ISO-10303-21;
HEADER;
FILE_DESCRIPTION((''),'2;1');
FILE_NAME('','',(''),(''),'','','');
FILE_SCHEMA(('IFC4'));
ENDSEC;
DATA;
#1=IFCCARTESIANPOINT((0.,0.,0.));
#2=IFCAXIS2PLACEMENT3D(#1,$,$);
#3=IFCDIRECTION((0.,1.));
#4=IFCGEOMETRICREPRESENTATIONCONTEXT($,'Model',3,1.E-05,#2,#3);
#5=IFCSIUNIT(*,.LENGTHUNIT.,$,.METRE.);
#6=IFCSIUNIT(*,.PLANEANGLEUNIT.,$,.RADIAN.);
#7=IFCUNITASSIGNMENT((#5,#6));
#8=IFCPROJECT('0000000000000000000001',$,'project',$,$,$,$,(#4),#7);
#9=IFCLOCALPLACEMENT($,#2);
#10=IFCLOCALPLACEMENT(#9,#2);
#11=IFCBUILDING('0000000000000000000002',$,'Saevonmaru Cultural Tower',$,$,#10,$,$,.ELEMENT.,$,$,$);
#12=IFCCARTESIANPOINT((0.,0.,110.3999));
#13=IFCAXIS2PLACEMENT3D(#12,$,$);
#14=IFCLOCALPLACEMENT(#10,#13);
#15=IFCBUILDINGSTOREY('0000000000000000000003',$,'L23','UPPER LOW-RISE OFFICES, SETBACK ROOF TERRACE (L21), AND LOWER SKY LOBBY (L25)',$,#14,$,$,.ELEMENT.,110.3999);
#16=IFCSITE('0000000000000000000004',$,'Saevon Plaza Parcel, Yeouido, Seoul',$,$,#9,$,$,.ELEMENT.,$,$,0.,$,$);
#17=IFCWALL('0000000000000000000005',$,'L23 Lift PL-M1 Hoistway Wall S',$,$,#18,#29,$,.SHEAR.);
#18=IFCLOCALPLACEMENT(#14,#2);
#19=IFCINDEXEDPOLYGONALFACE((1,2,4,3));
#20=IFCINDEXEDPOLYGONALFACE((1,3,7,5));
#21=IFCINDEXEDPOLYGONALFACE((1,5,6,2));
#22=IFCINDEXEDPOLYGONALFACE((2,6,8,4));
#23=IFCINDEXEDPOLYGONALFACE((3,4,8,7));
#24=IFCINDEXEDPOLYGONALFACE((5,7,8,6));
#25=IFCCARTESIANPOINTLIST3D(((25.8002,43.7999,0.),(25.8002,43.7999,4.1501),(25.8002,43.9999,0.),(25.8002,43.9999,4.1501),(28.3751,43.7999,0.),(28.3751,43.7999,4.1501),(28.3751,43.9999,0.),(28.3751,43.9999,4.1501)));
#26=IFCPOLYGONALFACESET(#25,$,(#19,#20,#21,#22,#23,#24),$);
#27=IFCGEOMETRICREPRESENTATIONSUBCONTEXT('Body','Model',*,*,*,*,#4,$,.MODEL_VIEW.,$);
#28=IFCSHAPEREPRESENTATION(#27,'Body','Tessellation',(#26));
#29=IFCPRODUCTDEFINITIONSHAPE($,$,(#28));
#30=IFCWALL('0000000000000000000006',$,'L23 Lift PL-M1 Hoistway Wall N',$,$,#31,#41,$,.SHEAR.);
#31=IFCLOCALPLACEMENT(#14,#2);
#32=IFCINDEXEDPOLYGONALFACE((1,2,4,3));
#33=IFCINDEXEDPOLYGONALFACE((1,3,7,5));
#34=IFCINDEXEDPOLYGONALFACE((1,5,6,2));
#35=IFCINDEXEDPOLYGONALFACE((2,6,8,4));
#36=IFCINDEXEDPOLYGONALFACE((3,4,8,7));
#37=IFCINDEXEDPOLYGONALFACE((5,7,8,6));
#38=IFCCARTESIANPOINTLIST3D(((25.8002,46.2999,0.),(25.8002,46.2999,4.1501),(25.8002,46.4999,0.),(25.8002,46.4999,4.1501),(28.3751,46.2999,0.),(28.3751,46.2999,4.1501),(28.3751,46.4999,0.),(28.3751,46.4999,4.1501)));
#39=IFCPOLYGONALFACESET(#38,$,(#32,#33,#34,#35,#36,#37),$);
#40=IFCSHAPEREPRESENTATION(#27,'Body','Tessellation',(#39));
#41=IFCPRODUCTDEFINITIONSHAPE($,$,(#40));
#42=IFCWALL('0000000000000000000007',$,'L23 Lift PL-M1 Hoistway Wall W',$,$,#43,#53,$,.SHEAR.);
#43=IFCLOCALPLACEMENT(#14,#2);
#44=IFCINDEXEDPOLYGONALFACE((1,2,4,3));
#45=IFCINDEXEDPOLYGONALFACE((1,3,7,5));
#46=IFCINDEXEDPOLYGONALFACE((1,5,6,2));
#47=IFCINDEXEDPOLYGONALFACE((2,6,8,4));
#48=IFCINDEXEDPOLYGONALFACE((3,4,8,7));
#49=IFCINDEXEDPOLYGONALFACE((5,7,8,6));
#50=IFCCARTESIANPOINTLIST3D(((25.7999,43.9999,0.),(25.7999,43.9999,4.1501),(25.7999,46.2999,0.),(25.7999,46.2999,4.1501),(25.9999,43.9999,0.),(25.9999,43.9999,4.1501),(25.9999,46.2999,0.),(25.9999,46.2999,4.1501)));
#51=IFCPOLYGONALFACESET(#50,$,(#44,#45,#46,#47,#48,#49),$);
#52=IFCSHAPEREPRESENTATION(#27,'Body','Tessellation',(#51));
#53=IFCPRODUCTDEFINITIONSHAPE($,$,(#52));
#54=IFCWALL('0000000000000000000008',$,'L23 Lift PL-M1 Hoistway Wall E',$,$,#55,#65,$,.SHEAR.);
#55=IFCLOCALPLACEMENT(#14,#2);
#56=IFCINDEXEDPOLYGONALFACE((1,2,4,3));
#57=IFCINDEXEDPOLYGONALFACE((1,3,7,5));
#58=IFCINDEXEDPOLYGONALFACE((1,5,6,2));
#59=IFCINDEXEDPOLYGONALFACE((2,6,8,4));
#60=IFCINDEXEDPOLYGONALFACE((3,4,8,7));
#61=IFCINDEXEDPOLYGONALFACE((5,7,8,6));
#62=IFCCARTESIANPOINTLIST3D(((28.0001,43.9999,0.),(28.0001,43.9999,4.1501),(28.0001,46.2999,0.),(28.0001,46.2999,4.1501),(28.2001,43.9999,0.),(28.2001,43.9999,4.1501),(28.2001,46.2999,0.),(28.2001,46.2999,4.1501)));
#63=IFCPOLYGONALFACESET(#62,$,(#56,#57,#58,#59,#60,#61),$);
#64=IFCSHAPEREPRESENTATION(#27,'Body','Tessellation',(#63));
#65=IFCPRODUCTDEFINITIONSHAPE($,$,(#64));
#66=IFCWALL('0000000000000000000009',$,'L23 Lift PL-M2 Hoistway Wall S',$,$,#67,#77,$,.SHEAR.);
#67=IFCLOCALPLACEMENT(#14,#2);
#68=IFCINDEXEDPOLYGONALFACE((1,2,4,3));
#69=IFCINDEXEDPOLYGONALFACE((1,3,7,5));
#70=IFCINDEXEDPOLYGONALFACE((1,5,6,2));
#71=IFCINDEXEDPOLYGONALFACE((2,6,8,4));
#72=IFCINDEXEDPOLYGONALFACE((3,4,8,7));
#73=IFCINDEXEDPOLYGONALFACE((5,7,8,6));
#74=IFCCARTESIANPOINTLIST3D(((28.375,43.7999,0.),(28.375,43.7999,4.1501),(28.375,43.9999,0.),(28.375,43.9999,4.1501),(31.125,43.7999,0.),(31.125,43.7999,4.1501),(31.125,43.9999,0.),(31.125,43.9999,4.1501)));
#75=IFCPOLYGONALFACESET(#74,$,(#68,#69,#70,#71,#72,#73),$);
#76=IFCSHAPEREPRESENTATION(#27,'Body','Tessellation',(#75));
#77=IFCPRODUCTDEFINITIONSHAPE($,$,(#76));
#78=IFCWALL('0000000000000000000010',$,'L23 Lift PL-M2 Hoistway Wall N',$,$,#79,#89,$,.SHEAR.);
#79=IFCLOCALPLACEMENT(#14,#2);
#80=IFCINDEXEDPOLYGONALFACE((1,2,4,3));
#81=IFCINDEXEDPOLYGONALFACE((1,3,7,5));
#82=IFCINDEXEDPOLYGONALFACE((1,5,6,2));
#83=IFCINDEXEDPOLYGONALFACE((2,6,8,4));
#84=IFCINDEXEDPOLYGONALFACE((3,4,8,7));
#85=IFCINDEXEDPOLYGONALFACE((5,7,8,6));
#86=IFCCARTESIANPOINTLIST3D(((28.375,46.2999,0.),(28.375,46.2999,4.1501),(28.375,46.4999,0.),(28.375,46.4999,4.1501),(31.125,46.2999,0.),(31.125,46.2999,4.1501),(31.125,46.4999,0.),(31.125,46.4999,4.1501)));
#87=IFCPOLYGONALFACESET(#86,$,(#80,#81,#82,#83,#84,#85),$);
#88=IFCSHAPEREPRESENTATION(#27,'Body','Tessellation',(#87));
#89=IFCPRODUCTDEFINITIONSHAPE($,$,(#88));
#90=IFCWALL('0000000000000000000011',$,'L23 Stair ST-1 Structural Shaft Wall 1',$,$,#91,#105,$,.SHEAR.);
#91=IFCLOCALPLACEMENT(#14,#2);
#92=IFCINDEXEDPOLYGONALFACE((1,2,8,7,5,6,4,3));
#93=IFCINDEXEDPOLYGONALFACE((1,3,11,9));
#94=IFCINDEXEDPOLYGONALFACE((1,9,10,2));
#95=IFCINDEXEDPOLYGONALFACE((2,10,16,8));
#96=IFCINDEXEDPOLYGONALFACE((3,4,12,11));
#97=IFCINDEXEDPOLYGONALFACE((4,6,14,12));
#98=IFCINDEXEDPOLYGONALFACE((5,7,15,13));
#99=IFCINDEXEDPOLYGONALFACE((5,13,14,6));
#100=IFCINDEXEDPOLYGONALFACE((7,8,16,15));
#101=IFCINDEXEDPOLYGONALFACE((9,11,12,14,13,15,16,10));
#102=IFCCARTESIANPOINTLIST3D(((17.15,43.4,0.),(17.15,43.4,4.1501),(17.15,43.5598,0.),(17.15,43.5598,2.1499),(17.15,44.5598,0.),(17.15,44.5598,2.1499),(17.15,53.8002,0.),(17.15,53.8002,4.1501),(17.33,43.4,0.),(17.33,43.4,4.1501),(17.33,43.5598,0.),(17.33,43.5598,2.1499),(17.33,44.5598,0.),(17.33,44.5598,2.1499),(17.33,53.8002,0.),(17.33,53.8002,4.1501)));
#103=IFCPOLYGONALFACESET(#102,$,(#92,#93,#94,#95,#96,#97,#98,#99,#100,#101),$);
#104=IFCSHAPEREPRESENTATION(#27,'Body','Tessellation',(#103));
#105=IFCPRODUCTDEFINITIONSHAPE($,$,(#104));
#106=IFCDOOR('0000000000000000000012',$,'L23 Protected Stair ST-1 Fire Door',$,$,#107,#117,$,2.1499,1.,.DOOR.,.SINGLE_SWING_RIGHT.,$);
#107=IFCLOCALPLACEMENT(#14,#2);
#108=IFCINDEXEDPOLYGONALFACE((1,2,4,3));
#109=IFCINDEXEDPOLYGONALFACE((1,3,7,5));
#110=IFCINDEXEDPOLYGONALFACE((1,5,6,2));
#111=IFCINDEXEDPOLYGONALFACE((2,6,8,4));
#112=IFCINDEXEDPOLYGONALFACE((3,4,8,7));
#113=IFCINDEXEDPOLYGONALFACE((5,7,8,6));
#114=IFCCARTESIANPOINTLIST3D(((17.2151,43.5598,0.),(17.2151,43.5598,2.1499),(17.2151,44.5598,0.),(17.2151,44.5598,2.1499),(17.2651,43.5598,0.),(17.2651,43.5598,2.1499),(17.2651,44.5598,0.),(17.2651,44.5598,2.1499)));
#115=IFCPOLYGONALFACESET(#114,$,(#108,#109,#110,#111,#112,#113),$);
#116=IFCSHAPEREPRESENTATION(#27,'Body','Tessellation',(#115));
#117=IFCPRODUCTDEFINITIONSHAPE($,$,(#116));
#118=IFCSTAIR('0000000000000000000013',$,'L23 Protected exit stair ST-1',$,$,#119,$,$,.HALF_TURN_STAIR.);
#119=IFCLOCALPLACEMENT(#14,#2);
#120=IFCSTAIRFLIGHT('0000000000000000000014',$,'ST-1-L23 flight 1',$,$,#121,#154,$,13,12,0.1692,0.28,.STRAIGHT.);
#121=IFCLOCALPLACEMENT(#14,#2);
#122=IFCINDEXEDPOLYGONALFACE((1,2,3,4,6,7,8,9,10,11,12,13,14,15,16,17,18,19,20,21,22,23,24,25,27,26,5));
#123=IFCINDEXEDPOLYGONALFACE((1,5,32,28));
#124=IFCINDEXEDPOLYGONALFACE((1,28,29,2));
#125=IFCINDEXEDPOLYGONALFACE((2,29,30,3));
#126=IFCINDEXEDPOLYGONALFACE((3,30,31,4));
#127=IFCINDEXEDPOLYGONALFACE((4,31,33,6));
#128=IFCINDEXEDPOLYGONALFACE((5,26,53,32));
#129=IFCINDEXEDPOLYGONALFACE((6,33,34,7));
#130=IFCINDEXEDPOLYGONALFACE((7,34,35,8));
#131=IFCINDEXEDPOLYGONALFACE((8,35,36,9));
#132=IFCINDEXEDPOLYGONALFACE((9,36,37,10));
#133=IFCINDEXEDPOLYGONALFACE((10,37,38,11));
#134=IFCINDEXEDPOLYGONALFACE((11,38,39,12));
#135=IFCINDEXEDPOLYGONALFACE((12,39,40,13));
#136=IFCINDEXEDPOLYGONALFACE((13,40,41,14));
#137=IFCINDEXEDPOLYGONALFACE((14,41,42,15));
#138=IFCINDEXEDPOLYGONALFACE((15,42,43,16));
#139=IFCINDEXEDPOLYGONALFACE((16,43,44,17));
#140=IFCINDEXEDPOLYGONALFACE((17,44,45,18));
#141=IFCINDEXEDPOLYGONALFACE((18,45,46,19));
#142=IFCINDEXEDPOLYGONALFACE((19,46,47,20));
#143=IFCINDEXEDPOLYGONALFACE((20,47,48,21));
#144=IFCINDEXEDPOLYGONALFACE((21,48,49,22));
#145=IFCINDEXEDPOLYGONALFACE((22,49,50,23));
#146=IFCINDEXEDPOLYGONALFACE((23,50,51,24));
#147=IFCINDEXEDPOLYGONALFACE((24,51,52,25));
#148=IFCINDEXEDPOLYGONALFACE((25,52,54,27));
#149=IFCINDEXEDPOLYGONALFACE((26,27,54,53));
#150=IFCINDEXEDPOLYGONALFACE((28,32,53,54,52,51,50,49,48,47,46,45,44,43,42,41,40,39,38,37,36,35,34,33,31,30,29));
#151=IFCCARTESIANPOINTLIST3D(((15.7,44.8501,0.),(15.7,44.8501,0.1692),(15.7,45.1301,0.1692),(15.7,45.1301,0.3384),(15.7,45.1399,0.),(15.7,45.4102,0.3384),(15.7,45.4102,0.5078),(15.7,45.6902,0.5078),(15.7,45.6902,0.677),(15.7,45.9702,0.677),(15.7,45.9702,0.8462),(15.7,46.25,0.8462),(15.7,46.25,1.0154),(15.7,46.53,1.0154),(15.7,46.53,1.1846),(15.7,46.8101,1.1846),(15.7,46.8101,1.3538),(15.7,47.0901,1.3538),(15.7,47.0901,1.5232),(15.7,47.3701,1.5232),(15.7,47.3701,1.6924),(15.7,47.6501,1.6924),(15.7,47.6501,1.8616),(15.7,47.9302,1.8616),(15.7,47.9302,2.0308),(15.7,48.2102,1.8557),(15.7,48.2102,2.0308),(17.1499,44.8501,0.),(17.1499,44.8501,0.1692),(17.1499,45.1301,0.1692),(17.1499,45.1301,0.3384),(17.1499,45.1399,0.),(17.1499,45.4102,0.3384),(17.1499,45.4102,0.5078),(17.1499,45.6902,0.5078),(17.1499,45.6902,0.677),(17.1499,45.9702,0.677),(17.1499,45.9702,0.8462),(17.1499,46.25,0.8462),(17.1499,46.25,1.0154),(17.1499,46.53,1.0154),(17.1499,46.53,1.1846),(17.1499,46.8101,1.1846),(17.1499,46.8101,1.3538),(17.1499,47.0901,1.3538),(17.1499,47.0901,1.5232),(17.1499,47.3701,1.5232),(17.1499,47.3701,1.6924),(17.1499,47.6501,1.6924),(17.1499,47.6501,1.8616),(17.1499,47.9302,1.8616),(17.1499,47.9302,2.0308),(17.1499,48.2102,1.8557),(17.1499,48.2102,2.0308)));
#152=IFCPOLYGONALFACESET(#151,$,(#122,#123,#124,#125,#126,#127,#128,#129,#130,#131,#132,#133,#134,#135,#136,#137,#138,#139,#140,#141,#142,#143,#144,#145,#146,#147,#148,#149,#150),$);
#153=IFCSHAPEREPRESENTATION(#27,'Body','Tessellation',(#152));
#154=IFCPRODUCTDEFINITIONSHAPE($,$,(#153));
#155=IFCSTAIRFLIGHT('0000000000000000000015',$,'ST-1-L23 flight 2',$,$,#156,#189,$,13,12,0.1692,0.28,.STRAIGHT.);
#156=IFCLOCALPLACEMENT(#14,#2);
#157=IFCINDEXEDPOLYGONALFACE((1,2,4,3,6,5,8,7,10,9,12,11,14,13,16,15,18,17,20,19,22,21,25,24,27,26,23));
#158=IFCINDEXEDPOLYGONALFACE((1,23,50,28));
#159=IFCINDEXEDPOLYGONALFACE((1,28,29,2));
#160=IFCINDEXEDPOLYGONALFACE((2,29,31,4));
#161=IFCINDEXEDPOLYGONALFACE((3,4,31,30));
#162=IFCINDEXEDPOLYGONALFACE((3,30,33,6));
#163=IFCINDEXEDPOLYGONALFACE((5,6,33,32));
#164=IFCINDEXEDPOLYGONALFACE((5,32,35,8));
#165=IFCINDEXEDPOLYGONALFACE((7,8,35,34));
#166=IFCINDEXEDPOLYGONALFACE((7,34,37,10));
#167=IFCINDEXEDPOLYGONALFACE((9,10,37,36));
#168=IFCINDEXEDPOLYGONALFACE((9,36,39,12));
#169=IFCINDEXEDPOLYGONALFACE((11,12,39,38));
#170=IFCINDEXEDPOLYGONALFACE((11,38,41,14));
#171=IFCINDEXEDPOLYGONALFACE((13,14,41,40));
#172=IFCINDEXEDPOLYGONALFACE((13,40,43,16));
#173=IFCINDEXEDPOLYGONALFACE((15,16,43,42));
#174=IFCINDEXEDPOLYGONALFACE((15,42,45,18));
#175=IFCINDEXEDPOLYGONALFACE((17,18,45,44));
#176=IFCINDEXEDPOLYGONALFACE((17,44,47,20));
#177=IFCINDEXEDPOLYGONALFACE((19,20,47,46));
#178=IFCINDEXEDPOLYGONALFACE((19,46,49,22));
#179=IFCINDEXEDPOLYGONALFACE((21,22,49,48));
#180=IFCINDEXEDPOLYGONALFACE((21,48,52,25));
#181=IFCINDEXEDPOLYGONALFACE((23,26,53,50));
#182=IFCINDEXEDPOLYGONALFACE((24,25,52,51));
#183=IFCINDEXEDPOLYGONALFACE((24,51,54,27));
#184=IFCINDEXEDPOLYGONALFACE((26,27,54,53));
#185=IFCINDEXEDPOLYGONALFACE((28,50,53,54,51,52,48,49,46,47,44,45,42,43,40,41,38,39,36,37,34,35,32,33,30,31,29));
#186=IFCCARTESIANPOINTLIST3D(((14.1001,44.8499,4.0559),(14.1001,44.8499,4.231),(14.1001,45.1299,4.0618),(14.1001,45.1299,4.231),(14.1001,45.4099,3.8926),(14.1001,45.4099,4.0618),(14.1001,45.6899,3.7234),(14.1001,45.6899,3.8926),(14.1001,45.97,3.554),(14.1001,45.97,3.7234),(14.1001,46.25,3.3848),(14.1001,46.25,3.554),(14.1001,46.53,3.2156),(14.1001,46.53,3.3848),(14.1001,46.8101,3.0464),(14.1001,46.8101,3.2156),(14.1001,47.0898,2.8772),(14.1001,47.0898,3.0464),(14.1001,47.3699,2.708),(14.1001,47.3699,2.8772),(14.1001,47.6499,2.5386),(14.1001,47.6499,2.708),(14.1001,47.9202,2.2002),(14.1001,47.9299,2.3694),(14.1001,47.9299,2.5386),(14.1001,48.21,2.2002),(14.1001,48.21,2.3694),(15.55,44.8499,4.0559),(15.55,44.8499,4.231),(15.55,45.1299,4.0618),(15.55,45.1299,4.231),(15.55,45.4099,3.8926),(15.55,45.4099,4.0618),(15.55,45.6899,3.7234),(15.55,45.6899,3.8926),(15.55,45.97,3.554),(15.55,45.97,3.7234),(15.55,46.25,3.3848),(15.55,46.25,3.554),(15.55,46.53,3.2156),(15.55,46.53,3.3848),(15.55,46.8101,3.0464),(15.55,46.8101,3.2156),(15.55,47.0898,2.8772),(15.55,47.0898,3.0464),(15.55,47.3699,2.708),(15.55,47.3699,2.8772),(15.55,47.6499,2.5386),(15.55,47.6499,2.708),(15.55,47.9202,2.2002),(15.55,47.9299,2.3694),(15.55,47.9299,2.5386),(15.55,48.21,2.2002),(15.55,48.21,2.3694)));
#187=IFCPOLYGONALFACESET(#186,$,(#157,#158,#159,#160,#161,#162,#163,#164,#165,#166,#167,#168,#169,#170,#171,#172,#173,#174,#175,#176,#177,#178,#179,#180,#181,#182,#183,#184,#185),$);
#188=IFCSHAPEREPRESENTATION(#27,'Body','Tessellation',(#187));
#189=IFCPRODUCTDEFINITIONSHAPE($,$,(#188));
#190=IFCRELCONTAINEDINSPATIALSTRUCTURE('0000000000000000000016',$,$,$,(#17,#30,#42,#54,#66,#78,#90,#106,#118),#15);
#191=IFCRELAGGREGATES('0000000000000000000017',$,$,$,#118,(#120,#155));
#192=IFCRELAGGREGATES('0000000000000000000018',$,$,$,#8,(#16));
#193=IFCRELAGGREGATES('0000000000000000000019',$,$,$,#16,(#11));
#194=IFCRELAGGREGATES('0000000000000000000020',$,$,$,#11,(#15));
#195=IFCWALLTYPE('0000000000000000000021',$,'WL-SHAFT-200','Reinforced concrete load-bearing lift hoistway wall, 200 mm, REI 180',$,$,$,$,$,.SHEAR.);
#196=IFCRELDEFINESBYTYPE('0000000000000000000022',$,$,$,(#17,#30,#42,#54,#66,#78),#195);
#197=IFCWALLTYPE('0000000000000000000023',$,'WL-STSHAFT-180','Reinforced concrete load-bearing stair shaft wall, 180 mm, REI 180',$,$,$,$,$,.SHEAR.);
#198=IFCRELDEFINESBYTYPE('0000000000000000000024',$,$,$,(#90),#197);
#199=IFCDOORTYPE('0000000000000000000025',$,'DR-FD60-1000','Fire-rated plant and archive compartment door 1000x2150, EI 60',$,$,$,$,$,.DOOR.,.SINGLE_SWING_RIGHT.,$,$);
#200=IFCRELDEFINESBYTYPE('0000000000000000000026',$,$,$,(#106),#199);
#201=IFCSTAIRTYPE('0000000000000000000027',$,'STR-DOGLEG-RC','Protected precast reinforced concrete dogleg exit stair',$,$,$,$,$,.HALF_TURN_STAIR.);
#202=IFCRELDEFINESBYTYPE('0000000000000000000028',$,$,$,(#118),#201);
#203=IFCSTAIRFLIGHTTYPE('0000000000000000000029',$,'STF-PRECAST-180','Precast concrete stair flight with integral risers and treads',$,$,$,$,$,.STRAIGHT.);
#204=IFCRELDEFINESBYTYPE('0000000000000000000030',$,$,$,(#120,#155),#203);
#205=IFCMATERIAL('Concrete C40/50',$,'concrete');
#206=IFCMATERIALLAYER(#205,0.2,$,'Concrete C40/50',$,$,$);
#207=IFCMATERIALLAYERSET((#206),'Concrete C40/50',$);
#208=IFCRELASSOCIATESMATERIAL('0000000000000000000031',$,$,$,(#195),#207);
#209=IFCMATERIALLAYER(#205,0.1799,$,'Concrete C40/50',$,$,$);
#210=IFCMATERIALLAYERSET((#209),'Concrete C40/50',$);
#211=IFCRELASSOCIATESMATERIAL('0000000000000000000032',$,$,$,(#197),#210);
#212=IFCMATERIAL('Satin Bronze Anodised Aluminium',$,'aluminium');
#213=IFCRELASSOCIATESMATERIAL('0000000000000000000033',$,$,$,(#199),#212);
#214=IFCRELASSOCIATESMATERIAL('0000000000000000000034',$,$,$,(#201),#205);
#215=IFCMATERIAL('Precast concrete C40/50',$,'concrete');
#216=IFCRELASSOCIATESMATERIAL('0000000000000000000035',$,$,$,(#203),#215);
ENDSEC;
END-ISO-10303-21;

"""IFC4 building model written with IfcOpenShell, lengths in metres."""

from ifc_helpers import new_model, si_unit, direction, frame, frame_2d, origin, place, context, subcontext, project, spatial, polyline, rectangle, outline, extrude, material, layer, layer_set, type_object, element, fill, aggregate, save


model = new_model("IFC4")

# Units and contexts
model_context = context("Model", 3, precision=1e-05, world=origin(), true_north=direction((0.0, 1.0)))
body_context = subcontext(model_context, "Body", "Model", "MODEL_VIEW")
ifc_project = project(units=[si_unit("LENGTHUNIT", "METRE"), si_unit("PLANEANGLEUNIT", "RADIAN")], contexts=[model_context])

# Site, building, storey
site_placement = place(None, origin())
site = spatial("IfcSite", under=ifc_project, at=site_placement, Name="Saevon Plaza Parcel, Yeouido, Seoul", CompositionType="ELEMENT", RefElevation=0.0)
building_placement = place(site_placement, origin())
building = spatial("IfcBuilding", under=site, at=building_placement, Name="Saevonmaru Cultural Tower", CompositionType="ELEMENT")
storey_placement = place(building_placement, frame((0.0, 0.0, 110.3999)))
storey = spatial("IfcBuildingStorey", under=building, at=storey_placement, Name="L23", Description="UPPER LOW-RISE OFFICES, SETBACK ROOF TERRACE (L21), AND LOWER SKY LOBBY (L25)", CompositionType="ELEMENT", Elevation=110.3999)

# Shared definitions
ifc_material_1 = material(Name="Satin Bronze Anodised Aluminium", Category="aluminium")

# Walls
ifc_material_2 = material(Name="Concrete C40/50", Category="concrete")
ifc_layer_1 = layer(ifc_material_2, 0.2, Name="Concrete C40/50")
ifc_layer_set_1 = layer_set([ifc_layer_1], Name="Concrete C40/50")
wall_type_1 = type_object("IfcWallType", Name="WL-SHAFT-200", Description="Reinforced concrete load-bearing lift hoistway wall, 200 mm, REI 180", PredefinedType="SHEAR", material=ifc_layer_set_1)
for number, where, z_axis, x_axis, name in (
    (1, (25.8, 43.8999, 0.0), (0.0, 0.0, 1.0), (1.0, 0.0, 0.0), "L23 Lift PL-M1 Hoistway Wall S"),
    (2, (25.8, 46.3999, 0.0), (0.0, 0.0, 1.0), (1.0, 0.0, 0.0), "L23 Lift PL-M1 Hoistway Wall N"),
):
    element("IfcWall", number, at=place(storey_placement, frame(where, z_axis=z_axis, x_axis=x_axis)), inside=storey, type_object=wall_type_1, Name=name, PredefinedType="SHEAR", context=body_context, shape_type="SweptSolid", body=[
        extrude(rectangle(XDim=2.575, YDim=0.2, at=frame_2d((1.2876, 0.0))), origin(), (0.0, 0.0, 1.0), 4.1501),
    ])
for number, where, z_axis, x_axis, name in (
    (3, (25.8999, 44.0, 0.0), (0.0, 0.0, 1.0), (0.0, 1.0, 0.0), "L23 Lift PL-M1 Hoistway Wall W"),
    (4, (28.1001, 44.0, 0.0), (0.0, 0.0, 1.0), (0.0, 1.0, 0.0), "L23 Lift PL-M1 Hoistway Wall E"),
):
    element("IfcWall", number, at=place(storey_placement, frame(where, z_axis=z_axis, x_axis=x_axis)), inside=storey, type_object=wall_type_1, Name=name, PredefinedType="SHEAR", context=body_context, shape_type="SweptSolid", body=[
        extrude(rectangle(XDim=2.3, YDim=0.2, at=frame_2d((1.1499, 0.0))), origin(), (0.0, 0.0, 1.0), 4.1501),
    ])
for number, where, z_axis, x_axis, name in (
    (5, (28.375, 43.8999, 0.0), (0.0, 0.0, 1.0), (1.0, 0.0, 0.0), "L23 Lift PL-M2 Hoistway Wall S"),
    (6, (28.375, 46.3999, 0.0), (0.0, 0.0, 1.0), (1.0, 0.0, 0.0), "L23 Lift PL-M2 Hoistway Wall N"),
):
    element("IfcWall", number, at=place(storey_placement, frame(where, z_axis=z_axis, x_axis=x_axis)), inside=storey, type_object=wall_type_1, Name=name, PredefinedType="SHEAR", context=body_context, shape_type="SweptSolid", body=[
        extrude(rectangle(XDim=2.75, YDim=0.2, at=frame_2d((1.375, 0.0))), origin(), (0.0, 0.0, 1.0), 4.1501),
    ])

# Wall, opening, door
ifc_layer_2 = layer(ifc_material_2, 0.1799, Name="Concrete C40/50")
ifc_layer_set_2 = layer_set([ifc_layer_2], Name="Concrete C40/50")
wall_type_2 = type_object("IfcWallType", Name="WL-STSHAFT-180", Description="Reinforced concrete load-bearing stair shaft wall, 180 mm, REI 180", PredefinedType="SHEAR", material=ifc_layer_set_2)
wall_1_placement = place(storey_placement, frame((17.24, 43.3999, 0.0), z_axis=(0.0, 0.0, 1.0), x_axis=(0.0, 1.0, 0.0)))
wall_1 = element("IfcWall", 7, at=wall_1_placement, inside=storey, type_object=wall_type_2, Name="L23 Stair ST-1 Structural Shaft Wall 1", PredefinedType="SHEAR", context=body_context, shape_type="SweptSolid", body=[
    extrude(rectangle(XDim=10.4001, YDim=0.1799, at=frame_2d((5.2002, 0.0))), origin(), (0.0, 0.0, 1.0), 4.1501),
])
opening_1_placement = place(wall_1_placement, frame((0.1599, 0.0, 0.0)))
opening_1 = element("IfcOpeningElement", 8, at=opening_1_placement, cuts=wall_1, PredefinedType="OPENING", context=body_context, shape_type="SweptSolid", body=[
    extrude(rectangle(XDim=1.0, YDim=2.1499, at=frame_2d((0.5, 1.075))), frame((0.0, 0.1001, 0.0), z_axis=(0.0, -1.0, 0.0), x_axis=(1.0, 0.0, 0.0)), (0.0, 0.0, 1.0), 0.2),
])
door_type_1 = type_object("IfcDoorType", Name="DR-FD60-1000", Description="Fire-rated plant and archive compartment door 1000x2150, EI 60", OperationType="SINGLE_SWING_RIGHT", PredefinedType="DOOR", material=ifc_material_1)
door_1_placement = place(opening_1_placement, origin())
door_1 = element("IfcDoor", 9, at=door_1_placement, inside=storey, type_object=door_type_1, Name="L23 Protected Stair ST-1 Fire Door", OperationType="SINGLE_SWING_RIGHT", OverallHeight=2.1499, OverallWidth=1.0, PredefinedType="DOOR", context=body_context, shape_type="SweptSolid", body=[
    extrude(rectangle(XDim=1.0, YDim=2.1499, at=frame_2d((0.5, 1.075))), frame((0.0, 0.0249, 0.0), z_axis=(0.0, -1.0, 0.0), x_axis=(1.0, 0.0, 0.0)), (0.0, 0.0, 1.0), 0.05),
])
fill(opening_1, door_1)

# Stair, stair flights
stair_type = type_object("IfcStairType", Name="STR-DOGLEG-RC", Description="Protected precast reinforced concrete dogleg exit stair", PredefinedType="HALF_TURN_STAIR", material=ifc_material_2)
stair_placement = place(storey_placement, origin())
stair = element("IfcStair", 10, at=stair_placement, inside=storey, type_object=stair_type, Name="L23 Protected exit stair ST-1", PredefinedType="HALF_TURN_STAIR")
ifc_material_3 = material(Name="Precast concrete C40/50", Category="concrete")
stair_flight_type = type_object("IfcStairFlightType", Name="STF-PRECAST-180", Description="Precast concrete stair flight with integral risers and treads", PredefinedType="STRAIGHT", material=ifc_material_3)
stair_flight_1_placement = place(storey_placement, frame((16.425, 44.8501, 0.0), z_axis=(0.0, 0.0, 1.0), x_axis=(0.0, 1.0, 0.0)))
stair_flight_1 = element("IfcStairFlight", 11, at=stair_flight_1_placement, type_object=stair_flight_type, Name="ST-1-L23 flight 1", NumberOfRisers=13, NumberOfTreads=12, PredefinedType="STRAIGHT", RiserHeight=0.1692, TreadLength=0.28, context=body_context, shape_type="SweptSolid", body=[
    extrude(outline(polyline([(0.0, 0.0), (0.0, 0.1692), (0.28, 0.1692), (0.28, 0.3384), (0.5601, 0.3384), (0.5601, 0.5078), (0.8401, 0.5078), (0.8401, 0.677), (1.1201, 0.677), (1.1201, 0.8462), (1.3999, 0.8462), (1.3999, 1.0154), (1.6799, 1.0154), (1.6799, 1.1846), (1.96, 1.1846), (1.96, 1.3538), (2.24, 1.3538), (2.24, 1.5232), (2.52, 1.5232), (2.52, 1.6924), (2.8, 1.6924), (2.8, 1.8616), (3.0801, 1.8616), (3.0801, 2.0308), (3.3601, 2.0308), (3.3601, 2.2), (3.3601, 1.8557), (0.2898, 0.0), (0.0, 0.0)])), frame((0.0, 0.7251, 0.0), z_axis=(0.0, -1.0, 0.0), x_axis=(1.0, 0.0, 0.0)), (0.0, 0.0, 1.0), 1.45),
])
stair_flight_2_placement = place(storey_placement, frame((14.825, 48.21, 2.2002), z_axis=(0.0, 0.0, 1.0), x_axis=(0.0, -1.0, 0.0)))
stair_flight_2 = element("IfcStairFlight", 12, at=stair_flight_2_placement, type_object=stair_flight_type, Name="ST-1-L23 flight 2", NumberOfRisers=13, NumberOfTreads=12, PredefinedType="STRAIGHT", RiserHeight=0.1692, TreadLength=0.28, context=body_context, shape_type="SweptSolid", body=[
    extrude(outline(polyline([(0.0, 0.0), (0.0, 0.1692), (0.28, 0.1692), (0.28, 0.3384), (0.5601, 0.3384), (0.5601, 0.5078), (0.8401, 0.5078), (0.8401, 0.677), (1.1201, 0.677), (1.1201, 0.8462), (1.3999, 0.8462), (1.3999, 1.0154), (1.6799, 1.0154), (1.6799, 1.1846), (1.96, 1.1846), (1.96, 1.3538), (2.24, 1.3538), (2.24, 1.5232), (2.52, 1.5232), (2.52, 1.6924), (2.8, 1.6924), (2.8, 1.8616), (3.0801, 1.8616), (3.0801, 2.0308), (3.3601, 2.0308), (3.3601, 2.2), (3.3601, 1.8557), (0.2898, 0.0), (0.0, 0.0)])), frame((0.0, 0.7251, 0.0), z_axis=(0.0, -1.0, 0.0), x_axis=(1.0, 0.0, 0.0)), (0.0, 0.0, 1.0), 1.45),
])
aggregate(stair, [stair_flight_1, stair_flight_2])

save(model, "model.ifc")
